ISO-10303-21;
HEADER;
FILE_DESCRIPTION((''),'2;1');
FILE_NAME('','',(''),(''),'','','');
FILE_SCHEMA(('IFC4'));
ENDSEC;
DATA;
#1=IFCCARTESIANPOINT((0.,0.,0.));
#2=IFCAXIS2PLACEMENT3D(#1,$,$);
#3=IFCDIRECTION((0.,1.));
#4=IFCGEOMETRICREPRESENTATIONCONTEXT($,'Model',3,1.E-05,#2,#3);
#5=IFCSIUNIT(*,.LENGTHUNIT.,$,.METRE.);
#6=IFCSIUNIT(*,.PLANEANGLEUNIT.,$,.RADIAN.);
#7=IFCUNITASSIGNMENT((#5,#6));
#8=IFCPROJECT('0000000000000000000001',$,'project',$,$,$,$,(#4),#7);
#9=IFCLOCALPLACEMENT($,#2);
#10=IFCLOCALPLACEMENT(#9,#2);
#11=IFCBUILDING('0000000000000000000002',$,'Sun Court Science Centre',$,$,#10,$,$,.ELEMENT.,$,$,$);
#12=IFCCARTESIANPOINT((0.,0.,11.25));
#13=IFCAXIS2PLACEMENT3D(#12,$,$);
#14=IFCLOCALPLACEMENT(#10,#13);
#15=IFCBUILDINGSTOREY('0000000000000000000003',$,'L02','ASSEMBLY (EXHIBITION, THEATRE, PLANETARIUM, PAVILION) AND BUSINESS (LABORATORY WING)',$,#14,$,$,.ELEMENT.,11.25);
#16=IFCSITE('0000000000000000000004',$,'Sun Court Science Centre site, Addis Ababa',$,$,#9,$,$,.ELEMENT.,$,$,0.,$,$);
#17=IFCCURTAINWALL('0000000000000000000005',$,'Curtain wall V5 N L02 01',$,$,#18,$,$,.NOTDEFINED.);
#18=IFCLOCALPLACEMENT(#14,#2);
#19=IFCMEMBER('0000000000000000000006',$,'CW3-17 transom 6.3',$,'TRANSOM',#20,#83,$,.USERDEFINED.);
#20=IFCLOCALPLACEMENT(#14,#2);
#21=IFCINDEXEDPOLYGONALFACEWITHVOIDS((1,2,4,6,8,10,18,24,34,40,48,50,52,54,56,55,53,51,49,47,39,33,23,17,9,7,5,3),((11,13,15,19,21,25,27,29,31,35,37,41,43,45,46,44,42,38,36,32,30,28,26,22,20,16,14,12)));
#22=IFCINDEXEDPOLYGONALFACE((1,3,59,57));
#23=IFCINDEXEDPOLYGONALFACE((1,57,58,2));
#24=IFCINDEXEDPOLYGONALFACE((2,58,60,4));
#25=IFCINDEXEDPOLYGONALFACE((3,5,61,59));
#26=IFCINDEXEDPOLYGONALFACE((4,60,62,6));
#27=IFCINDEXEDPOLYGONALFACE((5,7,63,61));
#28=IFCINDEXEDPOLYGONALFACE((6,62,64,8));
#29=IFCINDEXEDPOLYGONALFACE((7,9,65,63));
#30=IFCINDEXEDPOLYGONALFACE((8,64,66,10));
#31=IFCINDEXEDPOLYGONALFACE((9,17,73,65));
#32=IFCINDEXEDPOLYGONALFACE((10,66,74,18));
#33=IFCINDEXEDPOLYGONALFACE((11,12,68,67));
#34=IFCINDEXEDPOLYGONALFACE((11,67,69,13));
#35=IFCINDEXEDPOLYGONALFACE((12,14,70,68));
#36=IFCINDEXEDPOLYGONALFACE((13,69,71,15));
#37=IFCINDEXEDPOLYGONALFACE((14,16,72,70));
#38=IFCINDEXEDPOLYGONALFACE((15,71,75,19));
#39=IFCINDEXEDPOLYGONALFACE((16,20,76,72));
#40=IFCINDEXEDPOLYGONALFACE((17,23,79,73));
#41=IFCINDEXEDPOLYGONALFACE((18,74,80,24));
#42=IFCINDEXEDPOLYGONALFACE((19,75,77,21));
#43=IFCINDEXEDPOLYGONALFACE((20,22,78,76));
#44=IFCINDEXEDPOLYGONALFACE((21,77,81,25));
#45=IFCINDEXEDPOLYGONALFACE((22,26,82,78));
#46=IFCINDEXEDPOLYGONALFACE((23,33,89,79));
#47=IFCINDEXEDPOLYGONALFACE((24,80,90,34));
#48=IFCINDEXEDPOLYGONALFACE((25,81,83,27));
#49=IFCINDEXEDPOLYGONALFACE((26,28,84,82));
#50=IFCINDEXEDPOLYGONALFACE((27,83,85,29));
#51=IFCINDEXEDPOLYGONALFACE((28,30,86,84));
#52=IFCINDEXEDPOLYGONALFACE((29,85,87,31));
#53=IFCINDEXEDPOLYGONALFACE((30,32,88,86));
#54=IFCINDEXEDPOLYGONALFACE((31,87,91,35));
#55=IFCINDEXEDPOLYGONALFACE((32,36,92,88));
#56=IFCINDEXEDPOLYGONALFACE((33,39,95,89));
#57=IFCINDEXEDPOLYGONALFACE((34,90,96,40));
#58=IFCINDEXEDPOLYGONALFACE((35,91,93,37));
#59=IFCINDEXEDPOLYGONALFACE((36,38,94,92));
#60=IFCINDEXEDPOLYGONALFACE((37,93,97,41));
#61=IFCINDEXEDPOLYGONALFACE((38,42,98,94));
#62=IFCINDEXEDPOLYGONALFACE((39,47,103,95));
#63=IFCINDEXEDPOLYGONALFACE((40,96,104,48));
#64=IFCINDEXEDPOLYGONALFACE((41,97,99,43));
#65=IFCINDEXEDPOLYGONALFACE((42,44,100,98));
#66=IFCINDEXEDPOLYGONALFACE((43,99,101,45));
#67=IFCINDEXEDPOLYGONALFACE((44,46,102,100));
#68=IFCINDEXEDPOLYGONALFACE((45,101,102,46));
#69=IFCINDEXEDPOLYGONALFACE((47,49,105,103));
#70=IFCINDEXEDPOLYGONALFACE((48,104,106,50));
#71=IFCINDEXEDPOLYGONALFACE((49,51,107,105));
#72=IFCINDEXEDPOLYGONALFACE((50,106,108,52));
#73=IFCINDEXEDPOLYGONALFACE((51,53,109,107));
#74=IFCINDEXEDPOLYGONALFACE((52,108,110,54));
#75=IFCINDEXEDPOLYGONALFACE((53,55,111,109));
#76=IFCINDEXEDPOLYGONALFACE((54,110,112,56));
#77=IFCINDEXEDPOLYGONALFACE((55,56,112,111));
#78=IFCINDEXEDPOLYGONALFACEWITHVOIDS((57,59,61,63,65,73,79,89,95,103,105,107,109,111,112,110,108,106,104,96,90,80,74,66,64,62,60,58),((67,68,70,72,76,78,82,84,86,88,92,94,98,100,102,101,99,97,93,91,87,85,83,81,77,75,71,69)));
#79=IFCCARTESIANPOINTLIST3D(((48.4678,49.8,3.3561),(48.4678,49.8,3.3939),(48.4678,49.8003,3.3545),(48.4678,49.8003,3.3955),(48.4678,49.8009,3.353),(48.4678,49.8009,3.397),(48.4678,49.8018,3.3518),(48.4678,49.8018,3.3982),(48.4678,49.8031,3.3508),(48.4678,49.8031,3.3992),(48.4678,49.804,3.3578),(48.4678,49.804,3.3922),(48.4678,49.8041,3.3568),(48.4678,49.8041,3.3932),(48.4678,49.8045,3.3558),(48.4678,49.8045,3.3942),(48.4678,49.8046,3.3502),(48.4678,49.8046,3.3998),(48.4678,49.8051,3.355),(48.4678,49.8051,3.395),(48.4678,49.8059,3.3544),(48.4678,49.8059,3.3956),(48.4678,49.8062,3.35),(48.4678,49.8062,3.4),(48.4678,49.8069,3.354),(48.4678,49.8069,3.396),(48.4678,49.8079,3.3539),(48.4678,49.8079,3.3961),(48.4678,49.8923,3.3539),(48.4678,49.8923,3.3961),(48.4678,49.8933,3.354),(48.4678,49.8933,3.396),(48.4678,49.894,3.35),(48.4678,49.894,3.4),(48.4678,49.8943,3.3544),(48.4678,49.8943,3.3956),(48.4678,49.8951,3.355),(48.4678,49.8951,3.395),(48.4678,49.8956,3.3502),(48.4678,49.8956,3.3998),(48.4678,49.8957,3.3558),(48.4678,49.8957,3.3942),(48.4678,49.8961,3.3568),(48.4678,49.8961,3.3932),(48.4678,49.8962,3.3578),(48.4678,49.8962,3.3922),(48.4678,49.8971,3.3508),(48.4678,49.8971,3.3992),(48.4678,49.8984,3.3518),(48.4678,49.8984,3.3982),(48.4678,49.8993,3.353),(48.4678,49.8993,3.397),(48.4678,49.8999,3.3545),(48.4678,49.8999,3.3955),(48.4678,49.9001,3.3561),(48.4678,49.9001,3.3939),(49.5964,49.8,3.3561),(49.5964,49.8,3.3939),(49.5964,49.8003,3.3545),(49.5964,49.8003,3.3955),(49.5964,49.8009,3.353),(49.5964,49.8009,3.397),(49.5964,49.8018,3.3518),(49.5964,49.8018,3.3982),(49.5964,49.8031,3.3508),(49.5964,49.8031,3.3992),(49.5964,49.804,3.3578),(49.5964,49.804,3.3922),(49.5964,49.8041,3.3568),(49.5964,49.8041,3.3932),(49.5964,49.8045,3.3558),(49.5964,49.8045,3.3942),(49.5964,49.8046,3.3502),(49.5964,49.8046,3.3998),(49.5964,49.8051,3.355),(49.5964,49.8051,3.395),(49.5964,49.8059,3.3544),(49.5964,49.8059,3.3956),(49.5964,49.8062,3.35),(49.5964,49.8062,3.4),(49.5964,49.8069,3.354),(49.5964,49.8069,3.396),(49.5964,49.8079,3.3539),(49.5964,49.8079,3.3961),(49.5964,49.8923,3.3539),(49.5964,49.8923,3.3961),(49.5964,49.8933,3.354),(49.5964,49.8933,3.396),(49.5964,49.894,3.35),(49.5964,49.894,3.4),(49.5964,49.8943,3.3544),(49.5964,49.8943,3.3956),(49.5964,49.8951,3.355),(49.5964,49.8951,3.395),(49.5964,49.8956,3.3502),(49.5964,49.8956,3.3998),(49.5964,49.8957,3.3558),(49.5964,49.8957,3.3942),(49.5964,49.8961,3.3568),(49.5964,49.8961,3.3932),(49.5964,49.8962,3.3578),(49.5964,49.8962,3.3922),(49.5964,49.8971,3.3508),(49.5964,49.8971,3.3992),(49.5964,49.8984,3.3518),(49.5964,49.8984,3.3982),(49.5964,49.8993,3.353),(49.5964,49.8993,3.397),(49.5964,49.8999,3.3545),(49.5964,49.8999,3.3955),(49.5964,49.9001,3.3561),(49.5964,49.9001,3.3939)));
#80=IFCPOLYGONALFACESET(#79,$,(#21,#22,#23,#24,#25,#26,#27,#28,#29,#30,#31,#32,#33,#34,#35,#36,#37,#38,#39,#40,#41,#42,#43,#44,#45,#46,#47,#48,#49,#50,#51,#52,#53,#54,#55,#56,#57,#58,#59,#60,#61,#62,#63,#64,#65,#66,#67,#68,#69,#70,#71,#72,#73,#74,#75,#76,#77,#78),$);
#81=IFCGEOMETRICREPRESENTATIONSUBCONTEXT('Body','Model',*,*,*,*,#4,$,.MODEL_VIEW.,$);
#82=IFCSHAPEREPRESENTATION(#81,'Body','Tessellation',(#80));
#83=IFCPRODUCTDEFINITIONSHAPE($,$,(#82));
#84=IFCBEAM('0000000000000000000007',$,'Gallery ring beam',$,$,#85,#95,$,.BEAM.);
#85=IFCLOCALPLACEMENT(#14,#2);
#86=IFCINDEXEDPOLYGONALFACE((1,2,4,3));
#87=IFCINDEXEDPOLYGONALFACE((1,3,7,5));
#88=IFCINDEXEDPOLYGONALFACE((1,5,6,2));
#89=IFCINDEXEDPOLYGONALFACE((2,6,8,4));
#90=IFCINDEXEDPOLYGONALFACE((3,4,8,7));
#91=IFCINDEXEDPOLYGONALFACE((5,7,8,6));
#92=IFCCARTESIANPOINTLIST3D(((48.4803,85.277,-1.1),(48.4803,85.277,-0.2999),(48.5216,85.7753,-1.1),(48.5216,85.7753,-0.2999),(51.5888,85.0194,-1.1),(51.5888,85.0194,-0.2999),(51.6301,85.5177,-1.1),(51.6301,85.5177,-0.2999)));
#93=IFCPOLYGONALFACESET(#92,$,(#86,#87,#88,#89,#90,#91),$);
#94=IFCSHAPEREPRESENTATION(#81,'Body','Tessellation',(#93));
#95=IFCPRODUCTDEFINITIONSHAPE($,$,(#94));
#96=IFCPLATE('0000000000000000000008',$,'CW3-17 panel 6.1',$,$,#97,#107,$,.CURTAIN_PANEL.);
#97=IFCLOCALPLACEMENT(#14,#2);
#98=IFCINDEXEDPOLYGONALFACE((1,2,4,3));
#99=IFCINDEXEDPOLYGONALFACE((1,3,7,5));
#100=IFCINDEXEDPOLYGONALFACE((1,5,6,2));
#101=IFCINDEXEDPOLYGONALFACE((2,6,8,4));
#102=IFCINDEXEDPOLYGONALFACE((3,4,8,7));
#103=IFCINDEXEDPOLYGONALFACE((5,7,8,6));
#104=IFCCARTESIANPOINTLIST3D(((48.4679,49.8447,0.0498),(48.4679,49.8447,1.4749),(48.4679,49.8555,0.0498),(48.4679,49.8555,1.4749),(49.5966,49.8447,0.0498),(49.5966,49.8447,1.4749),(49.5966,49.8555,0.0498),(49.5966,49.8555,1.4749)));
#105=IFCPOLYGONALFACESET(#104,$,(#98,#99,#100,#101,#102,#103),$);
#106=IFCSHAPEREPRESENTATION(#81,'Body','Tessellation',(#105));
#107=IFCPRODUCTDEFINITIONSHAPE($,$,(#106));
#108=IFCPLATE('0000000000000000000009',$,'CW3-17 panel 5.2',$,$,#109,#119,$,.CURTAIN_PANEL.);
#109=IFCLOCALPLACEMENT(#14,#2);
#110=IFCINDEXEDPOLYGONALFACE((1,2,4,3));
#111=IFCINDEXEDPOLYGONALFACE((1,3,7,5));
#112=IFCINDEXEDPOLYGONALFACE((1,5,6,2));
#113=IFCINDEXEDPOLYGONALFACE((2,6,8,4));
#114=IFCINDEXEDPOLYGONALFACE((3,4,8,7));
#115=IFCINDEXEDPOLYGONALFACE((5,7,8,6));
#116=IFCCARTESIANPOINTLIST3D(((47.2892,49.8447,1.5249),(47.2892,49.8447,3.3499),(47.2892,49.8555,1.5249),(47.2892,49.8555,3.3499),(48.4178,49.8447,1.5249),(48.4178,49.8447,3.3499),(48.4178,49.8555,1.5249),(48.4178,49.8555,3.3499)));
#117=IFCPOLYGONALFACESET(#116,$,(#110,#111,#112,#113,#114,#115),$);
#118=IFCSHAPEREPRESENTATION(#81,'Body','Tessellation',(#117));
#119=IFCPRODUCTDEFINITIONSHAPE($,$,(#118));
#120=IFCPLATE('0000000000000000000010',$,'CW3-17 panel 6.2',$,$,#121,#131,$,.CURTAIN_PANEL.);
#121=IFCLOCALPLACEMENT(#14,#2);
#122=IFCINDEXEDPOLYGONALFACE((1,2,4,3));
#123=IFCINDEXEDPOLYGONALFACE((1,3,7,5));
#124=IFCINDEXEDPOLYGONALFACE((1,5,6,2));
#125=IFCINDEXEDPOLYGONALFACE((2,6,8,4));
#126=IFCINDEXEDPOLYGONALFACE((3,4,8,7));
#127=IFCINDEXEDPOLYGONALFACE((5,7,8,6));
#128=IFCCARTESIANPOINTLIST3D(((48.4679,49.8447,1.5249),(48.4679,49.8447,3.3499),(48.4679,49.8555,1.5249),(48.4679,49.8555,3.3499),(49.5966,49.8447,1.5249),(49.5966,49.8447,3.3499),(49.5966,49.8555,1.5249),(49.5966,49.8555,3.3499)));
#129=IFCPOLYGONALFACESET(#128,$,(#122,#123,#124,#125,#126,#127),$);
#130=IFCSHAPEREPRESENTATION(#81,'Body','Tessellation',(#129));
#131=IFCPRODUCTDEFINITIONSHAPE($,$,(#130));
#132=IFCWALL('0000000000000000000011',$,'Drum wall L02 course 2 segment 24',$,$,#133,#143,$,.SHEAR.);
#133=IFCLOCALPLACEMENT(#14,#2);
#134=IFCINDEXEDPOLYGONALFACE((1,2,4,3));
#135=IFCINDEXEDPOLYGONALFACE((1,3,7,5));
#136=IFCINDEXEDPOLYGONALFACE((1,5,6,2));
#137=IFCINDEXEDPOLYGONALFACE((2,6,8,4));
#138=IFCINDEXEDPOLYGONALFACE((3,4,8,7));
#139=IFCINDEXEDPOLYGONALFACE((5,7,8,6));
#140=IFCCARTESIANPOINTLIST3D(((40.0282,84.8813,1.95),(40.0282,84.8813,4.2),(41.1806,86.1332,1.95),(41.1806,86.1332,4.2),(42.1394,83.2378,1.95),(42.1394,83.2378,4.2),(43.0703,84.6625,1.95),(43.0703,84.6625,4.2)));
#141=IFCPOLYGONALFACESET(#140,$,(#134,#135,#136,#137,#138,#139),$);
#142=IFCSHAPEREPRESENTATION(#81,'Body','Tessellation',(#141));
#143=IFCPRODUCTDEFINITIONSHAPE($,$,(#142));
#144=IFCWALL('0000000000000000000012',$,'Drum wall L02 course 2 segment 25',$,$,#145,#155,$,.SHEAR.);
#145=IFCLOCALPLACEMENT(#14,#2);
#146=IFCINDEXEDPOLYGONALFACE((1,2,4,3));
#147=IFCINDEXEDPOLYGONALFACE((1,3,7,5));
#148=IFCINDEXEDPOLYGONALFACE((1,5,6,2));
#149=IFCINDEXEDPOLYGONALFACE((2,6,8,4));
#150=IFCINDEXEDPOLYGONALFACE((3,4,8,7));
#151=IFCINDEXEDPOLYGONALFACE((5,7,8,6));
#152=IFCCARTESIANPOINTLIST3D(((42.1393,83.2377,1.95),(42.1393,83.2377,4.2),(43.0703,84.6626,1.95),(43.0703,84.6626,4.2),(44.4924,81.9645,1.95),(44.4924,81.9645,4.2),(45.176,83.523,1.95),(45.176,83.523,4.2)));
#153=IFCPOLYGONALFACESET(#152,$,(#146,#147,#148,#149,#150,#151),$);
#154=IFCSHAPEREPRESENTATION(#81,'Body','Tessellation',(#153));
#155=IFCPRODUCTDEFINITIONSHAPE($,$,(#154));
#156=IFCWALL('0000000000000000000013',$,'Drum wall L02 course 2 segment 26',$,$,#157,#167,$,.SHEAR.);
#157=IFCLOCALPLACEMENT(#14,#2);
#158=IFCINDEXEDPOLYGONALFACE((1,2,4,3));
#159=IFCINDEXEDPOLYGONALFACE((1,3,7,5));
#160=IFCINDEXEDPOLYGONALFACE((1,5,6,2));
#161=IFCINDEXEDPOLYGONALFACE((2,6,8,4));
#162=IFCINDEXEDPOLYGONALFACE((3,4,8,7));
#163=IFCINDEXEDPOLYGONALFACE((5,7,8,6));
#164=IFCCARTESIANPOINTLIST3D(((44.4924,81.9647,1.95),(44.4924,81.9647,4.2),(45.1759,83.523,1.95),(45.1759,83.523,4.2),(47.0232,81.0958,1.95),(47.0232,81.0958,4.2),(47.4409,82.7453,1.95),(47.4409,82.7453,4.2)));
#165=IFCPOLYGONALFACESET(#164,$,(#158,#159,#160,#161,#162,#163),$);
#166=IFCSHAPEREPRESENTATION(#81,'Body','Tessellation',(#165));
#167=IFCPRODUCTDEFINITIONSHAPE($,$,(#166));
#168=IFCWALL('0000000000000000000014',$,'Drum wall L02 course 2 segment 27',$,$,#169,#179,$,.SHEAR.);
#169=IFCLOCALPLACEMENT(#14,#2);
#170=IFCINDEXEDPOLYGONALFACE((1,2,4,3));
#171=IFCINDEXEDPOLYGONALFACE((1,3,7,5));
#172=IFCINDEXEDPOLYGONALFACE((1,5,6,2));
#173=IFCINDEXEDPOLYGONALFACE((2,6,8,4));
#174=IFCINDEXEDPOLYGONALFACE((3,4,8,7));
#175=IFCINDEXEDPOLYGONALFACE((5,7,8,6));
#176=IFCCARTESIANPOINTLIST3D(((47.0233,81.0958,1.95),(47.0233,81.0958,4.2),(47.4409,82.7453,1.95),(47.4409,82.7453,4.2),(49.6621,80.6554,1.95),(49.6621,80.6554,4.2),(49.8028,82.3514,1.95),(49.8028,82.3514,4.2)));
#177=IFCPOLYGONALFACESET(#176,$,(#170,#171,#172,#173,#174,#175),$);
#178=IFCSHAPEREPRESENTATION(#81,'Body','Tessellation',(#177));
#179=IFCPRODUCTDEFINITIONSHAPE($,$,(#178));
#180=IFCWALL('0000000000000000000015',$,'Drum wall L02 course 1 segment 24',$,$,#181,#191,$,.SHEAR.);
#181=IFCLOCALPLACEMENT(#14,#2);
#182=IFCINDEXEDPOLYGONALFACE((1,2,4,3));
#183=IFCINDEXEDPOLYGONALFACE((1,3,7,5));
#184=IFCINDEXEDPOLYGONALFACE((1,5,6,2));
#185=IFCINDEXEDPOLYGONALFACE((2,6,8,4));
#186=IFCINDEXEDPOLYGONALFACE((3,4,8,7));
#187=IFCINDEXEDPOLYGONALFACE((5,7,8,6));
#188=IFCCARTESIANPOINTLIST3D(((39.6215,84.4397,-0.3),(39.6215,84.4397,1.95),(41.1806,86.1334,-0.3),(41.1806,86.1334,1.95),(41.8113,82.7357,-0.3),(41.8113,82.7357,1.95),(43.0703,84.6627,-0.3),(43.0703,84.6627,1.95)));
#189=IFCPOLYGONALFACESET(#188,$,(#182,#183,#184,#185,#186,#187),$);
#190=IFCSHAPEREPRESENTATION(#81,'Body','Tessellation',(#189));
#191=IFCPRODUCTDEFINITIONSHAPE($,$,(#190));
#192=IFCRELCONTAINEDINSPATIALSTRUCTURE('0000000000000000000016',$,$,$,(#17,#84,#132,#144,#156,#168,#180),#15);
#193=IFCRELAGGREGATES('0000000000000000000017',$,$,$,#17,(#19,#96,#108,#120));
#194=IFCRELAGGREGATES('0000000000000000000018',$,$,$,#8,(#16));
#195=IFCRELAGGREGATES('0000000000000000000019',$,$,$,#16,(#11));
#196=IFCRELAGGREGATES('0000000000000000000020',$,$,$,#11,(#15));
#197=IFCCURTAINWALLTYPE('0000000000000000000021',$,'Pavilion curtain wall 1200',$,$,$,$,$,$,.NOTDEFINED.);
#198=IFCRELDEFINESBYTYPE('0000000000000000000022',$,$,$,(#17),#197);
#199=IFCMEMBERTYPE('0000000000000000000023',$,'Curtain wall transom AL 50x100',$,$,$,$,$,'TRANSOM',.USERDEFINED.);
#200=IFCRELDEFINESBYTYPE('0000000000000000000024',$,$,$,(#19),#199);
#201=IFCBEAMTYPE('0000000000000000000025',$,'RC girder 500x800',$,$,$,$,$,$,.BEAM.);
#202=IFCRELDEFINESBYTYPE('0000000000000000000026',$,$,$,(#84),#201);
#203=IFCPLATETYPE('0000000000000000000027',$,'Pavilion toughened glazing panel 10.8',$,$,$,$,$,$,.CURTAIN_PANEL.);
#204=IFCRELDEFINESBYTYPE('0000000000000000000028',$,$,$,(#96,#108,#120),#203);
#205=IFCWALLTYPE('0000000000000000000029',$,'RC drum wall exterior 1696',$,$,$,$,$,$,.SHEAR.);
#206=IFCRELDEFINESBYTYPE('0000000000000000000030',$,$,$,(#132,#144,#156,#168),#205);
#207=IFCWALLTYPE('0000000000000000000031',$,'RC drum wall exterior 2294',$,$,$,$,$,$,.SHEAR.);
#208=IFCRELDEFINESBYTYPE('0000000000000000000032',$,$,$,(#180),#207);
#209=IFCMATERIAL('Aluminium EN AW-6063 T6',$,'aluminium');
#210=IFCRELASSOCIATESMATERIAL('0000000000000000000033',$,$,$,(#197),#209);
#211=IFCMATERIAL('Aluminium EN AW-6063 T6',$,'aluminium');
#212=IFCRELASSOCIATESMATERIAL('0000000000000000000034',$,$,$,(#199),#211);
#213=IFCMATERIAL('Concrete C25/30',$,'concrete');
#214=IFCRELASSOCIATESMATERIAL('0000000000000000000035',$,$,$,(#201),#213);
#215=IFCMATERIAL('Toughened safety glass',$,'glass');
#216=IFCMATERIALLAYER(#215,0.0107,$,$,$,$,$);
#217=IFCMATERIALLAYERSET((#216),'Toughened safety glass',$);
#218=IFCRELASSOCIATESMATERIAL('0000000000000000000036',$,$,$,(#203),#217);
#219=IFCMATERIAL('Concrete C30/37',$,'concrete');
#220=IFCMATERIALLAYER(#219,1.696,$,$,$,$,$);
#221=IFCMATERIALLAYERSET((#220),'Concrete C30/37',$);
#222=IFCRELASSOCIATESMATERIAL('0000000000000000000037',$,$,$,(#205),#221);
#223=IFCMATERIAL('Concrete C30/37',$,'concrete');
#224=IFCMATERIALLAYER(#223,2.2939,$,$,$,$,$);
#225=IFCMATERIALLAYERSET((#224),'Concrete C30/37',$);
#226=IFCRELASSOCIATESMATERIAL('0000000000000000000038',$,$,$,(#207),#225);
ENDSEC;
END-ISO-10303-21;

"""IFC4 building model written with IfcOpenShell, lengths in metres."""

from ifc_helpers import new_model, si_unit, direction, frame, origin, origin_2d, place, context, subcontext, project, spatial, polyline, rectangle, hollow_rectangle, outline, extrude, material, layer, layer_set, material_profile, profile_set, type_object, element, aggregate, save


model = new_model("IFC4")

# Units and contexts
model_context = context("Model", 3, precision=1e-05, world=origin(), true_north=direction((0.0, 1.0)))
body_context = subcontext(model_context, "Body", "Model", "MODEL_VIEW")
ifc_project = project(units=[si_unit("LENGTHUNIT", "METRE"), si_unit("PLANEANGLEUNIT", "RADIAN")], contexts=[model_context])

# Site, building, storey
site_placement = place(None, origin())
site = spatial("IfcSite", under=ifc_project, at=site_placement, Name="Sun Court Science Centre site, Addis Ababa", CompositionType="ELEMENT", RefElevation=0.0)
building_placement = place(site_placement, origin())
building = spatial("IfcBuilding", under=site, at=building_placement, Name="Sun Court Science Centre", CompositionType="ELEMENT")
storey_placement = place(building_placement, frame((0.0, 0.0, 11.25)))
storey = spatial("IfcBuildingStorey", under=building, at=storey_placement, Name="L02", Description="ASSEMBLY (EXHIBITION, THEATRE, PLANETARIUM, PAVILION) AND BUSINESS (LABORATORY WING)", CompositionType="ELEMENT", Elevation=11.25)

# Curtain wall, member
ifc_material_1 = material(Name="Aluminium EN AW-6063 T6", Category="aluminium")
curtain_wall_type = type_object("IfcCurtainWallType", Name="Pavilion curtain wall 1200", PredefinedType="NOTDEFINED", material=ifc_material_1)
curtain_wall_placement = place(storey_placement, origin())
curtain_wall = element("IfcCurtainWall", 1, at=curtain_wall_placement, inside=storey, type_object=curtain_wall_type, Name="Curtain wall V5 N L02 01", PredefinedType="NOTDEFINED")
ifc_material_2 = material(Name="Aluminium EN AW-6063 T6", Category="aluminium")
ifc_material_profile_1 = material_profile(ifc_material_2, hollow_rectangle(XDim=0.05, YDim=0.1001, WallThickness=0.0039, InnerFilletRadius=0.0039, OuterFilletRadius=0.0061, at=origin_2d()), Name="AL 50x100x4")
ifc_profile_set_1 = profile_set([ifc_material_profile_1], Name="Aluminium EN AW-6063 T6")
member_type_1 = type_object("IfcMemberType", Name="Curtain wall transom AL 50x100", ElementType="TRANSOM", PredefinedType="USERDEFINED", material=ifc_profile_set_1)
member_1_placement = place(storey_placement, frame((48.4678, 49.8501, 3.375), z_axis=(1.0, 0.0, 0.0), x_axis=(0.0, 0.0, 1.0)))
member_1 = element("IfcMember", 2, at=member_1_placement, type_object=member_type_1, Name="CW3-17 transom 6.3", ObjectType="TRANSOM", PredefinedType="USERDEFINED", context=body_context, shape_type="SweptSolid", body=[
    extrude(hollow_rectangle(XDim=0.05, YDim=0.1001, WallThickness=0.0039, InnerFilletRadius=0.0039, OuterFilletRadius=0.0061, at=origin_2d()), origin(), (0.0, 0.0, 1.0), 1.1287),
])

# Beam
ifc_material_3 = material(Name="Concrete C25/30", Category="concrete")
ifc_material_profile_2 = material_profile(ifc_material_3, rectangle(XDim=0.5, YDim=0.8, at=origin_2d()), Name="RC 500x800")
ifc_profile_set_2 = profile_set([ifc_material_profile_2], Name="Concrete C25/30")
beam_type = type_object("IfcBeamType", Name="RC girder 500x800", PredefinedType="BEAM", material=ifc_profile_set_2)
beam_placement = place(storey_placement, frame((48.501, 85.5261, -0.7), z_axis=(0.996585, -0.082579, 0.0), x_axis=(0.082579, 0.996585, 0.0)))
element("IfcBeam", 3, at=beam_placement, inside=storey, type_object=beam_type, Name="Gallery ring beam", PredefinedType="BEAM", context=body_context, shape_type="SweptSolid", body=[
    extrude(rectangle(XDim=0.5, YDim=0.8, at=origin_2d()), origin(), (0.0, 0.0, 1.0), 3.1191),
])

# Plates
ifc_material_4 = material(Name="Toughened safety glass", Category="glass")
ifc_layer_1 = layer(ifc_material_4, 0.0107)
ifc_layer_set_1 = layer_set([ifc_layer_1], Name="Toughened safety glass")
plate_type = type_object("IfcPlateType", Name="Pavilion toughened glazing panel 10.8", PredefinedType="CURTAIN_PANEL", material=ifc_layer_set_1)
plate_1_placement = place(storey_placement, frame((49.0322, 49.8501, 0.0498), z_axis=(0.0, 0.0, 1.0), x_axis=(1.0, 0.0, 0.0)))
plate_1 = element("IfcPlate", 4, at=plate_1_placement, type_object=plate_type, Name="CW3-17 panel 6.1", PredefinedType="CURTAIN_PANEL", context=body_context, shape_type="SweptSolid", body=[
    extrude(rectangle(XDim=1.1287, YDim=0.0107, at=origin_2d()), origin(), (0.0, 0.0, 1.0), 1.425),
])
plate_2_placement = place(storey_placement, frame((47.8535, 49.8501, 1.5249), z_axis=(0.0, 0.0, 1.0), x_axis=(1.0, 0.0, 0.0)))
plate_2 = element("IfcPlate", 5, at=plate_2_placement, type_object=plate_type, Name="CW3-17 panel 5.2", PredefinedType="CURTAIN_PANEL", context=body_context, shape_type="SweptSolid", body=[
    extrude(rectangle(XDim=1.1287, YDim=0.0107, at=origin_2d()), origin(), (0.0, 0.0, 1.0), 1.825),
])
plate_3_placement = place(storey_placement, frame((49.0322, 49.8501, 1.5249), z_axis=(0.0, 0.0, 1.0), x_axis=(1.0, 0.0, 0.0)))
plate_3 = element("IfcPlate", 6, at=plate_3_placement, type_object=plate_type, Name="CW3-17 panel 6.2", PredefinedType="CURTAIN_PANEL", context=body_context, shape_type="SweptSolid", body=[
    extrude(rectangle(XDim=1.1287, YDim=0.0107, at=origin_2d()), origin(), (0.0, 0.0, 1.0), 1.825),
])
aggregate(curtain_wall, [member_1, plate_1, plate_2, plate_3])

# Walls
ifc_material_5 = material(Name="Concrete C30/37", Category="concrete")
ifc_layer_2 = layer(ifc_material_5, 1.696)
ifc_layer_set_2 = layer_set([ifc_layer_2], Name="Concrete C30/37")
wall_type_1 = type_object("IfcWallType", Name="RC drum wall exterior 1696", PredefinedType="SHEAR", material=ifc_layer_set_2)
wall_1_placement = place(storey_placement, frame((40.5488, 85.5505, 1.95), z_axis=(0.0, 0.0, 1.0), x_axis=(0.789097, -0.614269, 0.0)))
element("IfcWall", 7, at=wall_1_placement, inside=storey, type_object=wall_type_1, Name="Drum wall L02 course 2 segment 24", PredefinedType="SHEAR", context=body_context, shape_type="SweptSolid", body=[
    extrude(outline(polyline([(0.0002, -0.8479), (2.6758, -0.8479), (2.5352, 0.8481), (0.1406, 0.8479), (0.0002, -0.8479)])), origin(), (0.0, 0.0, 1.0), 2.25),
])
wall_2_placement = place(storey_placement, frame((42.543, 83.9836, 1.95), z_axis=(0.0, 0.0, 1.0), x_axis=(0.879467, -0.47596, 0.0)))
element("IfcWall", 8, at=wall_2_placement, inside=storey, type_object=wall_type_1, Name="Drum wall L02 course 2 segment 25", PredefinedType="SHEAR", context=body_context, shape_type="SweptSolid", body=[
    extrude(outline(polyline([(0.0, -0.8481), (2.6755, -0.8479), (2.5349, 0.8481), (0.1406, 0.8481), (0.0, -0.8481)])), origin(), (0.0, 0.0, 1.0), 2.25),
])
wall_3_placement = place(storey_placement, frame((44.7678, 82.7664, 1.95), z_axis=(0.0, 0.0, 1.0), x_axis=(0.945836, -0.324646, 0.0)))
element("IfcWall", 9, at=wall_3_placement, inside=storey, type_object=wall_type_1, Name="Drum wall L02 course 2 segment 26", PredefinedType="SHEAR", context=body_context, shape_type="SweptSolid", body=[
    extrude(outline(polyline([(-0.0002, -0.8477), (2.6755, -0.8479), (2.5352, 0.8479), (0.1404, 0.8481), (-0.0002, -0.8477)])), origin(), (0.0, 0.0, 1.0), 2.25),
])
wall_4_placement = place(storey_placement, frame((47.1626, 81.9321, 1.95), z_axis=(0.0, 0.0, 1.0), x_axis=(0.986359, -0.164606, 0.0)))
element("IfcWall", 10, at=wall_4_placement, inside=storey, type_object=wall_type_1, Name="Drum wall L02 course 2 segment 27", PredefinedType="SHEAR", context=body_context, shape_type="SweptSolid", body=[
    extrude(outline(polyline([(0.0002, -0.8479), (2.6755, -0.8479), (2.5352, 0.8481), (0.1406, 0.8479), (0.0002, -0.8479)])), origin(), (0.0, 0.0, 1.0), 2.25),
])
ifc_material_6 = material(Name="Concrete C30/37", Category="concrete")
ifc_layer_3 = layer(ifc_material_6, 2.2939)
ifc_layer_set_3 = layer_set([ifc_layer_3], Name="Concrete C30/37")
wall_type_2 = type_object("IfcWallType", Name="RC drum wall exterior 2294", PredefinedType="SHEAR", material=ifc_layer_set_3)
wall_5_placement = place(storey_placement, frame((40.3262, 85.345, -0.3), z_axis=(0.0, 0.0, 1.0), x_axis=(0.789101, -0.614263, 0.0)))
element("IfcWall", 11, at=wall_5_placement, inside=storey, type_object=wall_type_2, Name="Drum wall L02 course 1 segment 24", PredefinedType="SHEAR", context=body_context, shape_type="SweptSolid", body=[
    extrude(outline(polyline([(0.0, -1.1472), (2.7747, -1.1467), (2.5845, 1.1472), (0.1899, 1.147), (0.0, -1.1472)])), origin(), (0.0, 0.0, 1.0), 2.25),
])

save(model, "model.ifc")
